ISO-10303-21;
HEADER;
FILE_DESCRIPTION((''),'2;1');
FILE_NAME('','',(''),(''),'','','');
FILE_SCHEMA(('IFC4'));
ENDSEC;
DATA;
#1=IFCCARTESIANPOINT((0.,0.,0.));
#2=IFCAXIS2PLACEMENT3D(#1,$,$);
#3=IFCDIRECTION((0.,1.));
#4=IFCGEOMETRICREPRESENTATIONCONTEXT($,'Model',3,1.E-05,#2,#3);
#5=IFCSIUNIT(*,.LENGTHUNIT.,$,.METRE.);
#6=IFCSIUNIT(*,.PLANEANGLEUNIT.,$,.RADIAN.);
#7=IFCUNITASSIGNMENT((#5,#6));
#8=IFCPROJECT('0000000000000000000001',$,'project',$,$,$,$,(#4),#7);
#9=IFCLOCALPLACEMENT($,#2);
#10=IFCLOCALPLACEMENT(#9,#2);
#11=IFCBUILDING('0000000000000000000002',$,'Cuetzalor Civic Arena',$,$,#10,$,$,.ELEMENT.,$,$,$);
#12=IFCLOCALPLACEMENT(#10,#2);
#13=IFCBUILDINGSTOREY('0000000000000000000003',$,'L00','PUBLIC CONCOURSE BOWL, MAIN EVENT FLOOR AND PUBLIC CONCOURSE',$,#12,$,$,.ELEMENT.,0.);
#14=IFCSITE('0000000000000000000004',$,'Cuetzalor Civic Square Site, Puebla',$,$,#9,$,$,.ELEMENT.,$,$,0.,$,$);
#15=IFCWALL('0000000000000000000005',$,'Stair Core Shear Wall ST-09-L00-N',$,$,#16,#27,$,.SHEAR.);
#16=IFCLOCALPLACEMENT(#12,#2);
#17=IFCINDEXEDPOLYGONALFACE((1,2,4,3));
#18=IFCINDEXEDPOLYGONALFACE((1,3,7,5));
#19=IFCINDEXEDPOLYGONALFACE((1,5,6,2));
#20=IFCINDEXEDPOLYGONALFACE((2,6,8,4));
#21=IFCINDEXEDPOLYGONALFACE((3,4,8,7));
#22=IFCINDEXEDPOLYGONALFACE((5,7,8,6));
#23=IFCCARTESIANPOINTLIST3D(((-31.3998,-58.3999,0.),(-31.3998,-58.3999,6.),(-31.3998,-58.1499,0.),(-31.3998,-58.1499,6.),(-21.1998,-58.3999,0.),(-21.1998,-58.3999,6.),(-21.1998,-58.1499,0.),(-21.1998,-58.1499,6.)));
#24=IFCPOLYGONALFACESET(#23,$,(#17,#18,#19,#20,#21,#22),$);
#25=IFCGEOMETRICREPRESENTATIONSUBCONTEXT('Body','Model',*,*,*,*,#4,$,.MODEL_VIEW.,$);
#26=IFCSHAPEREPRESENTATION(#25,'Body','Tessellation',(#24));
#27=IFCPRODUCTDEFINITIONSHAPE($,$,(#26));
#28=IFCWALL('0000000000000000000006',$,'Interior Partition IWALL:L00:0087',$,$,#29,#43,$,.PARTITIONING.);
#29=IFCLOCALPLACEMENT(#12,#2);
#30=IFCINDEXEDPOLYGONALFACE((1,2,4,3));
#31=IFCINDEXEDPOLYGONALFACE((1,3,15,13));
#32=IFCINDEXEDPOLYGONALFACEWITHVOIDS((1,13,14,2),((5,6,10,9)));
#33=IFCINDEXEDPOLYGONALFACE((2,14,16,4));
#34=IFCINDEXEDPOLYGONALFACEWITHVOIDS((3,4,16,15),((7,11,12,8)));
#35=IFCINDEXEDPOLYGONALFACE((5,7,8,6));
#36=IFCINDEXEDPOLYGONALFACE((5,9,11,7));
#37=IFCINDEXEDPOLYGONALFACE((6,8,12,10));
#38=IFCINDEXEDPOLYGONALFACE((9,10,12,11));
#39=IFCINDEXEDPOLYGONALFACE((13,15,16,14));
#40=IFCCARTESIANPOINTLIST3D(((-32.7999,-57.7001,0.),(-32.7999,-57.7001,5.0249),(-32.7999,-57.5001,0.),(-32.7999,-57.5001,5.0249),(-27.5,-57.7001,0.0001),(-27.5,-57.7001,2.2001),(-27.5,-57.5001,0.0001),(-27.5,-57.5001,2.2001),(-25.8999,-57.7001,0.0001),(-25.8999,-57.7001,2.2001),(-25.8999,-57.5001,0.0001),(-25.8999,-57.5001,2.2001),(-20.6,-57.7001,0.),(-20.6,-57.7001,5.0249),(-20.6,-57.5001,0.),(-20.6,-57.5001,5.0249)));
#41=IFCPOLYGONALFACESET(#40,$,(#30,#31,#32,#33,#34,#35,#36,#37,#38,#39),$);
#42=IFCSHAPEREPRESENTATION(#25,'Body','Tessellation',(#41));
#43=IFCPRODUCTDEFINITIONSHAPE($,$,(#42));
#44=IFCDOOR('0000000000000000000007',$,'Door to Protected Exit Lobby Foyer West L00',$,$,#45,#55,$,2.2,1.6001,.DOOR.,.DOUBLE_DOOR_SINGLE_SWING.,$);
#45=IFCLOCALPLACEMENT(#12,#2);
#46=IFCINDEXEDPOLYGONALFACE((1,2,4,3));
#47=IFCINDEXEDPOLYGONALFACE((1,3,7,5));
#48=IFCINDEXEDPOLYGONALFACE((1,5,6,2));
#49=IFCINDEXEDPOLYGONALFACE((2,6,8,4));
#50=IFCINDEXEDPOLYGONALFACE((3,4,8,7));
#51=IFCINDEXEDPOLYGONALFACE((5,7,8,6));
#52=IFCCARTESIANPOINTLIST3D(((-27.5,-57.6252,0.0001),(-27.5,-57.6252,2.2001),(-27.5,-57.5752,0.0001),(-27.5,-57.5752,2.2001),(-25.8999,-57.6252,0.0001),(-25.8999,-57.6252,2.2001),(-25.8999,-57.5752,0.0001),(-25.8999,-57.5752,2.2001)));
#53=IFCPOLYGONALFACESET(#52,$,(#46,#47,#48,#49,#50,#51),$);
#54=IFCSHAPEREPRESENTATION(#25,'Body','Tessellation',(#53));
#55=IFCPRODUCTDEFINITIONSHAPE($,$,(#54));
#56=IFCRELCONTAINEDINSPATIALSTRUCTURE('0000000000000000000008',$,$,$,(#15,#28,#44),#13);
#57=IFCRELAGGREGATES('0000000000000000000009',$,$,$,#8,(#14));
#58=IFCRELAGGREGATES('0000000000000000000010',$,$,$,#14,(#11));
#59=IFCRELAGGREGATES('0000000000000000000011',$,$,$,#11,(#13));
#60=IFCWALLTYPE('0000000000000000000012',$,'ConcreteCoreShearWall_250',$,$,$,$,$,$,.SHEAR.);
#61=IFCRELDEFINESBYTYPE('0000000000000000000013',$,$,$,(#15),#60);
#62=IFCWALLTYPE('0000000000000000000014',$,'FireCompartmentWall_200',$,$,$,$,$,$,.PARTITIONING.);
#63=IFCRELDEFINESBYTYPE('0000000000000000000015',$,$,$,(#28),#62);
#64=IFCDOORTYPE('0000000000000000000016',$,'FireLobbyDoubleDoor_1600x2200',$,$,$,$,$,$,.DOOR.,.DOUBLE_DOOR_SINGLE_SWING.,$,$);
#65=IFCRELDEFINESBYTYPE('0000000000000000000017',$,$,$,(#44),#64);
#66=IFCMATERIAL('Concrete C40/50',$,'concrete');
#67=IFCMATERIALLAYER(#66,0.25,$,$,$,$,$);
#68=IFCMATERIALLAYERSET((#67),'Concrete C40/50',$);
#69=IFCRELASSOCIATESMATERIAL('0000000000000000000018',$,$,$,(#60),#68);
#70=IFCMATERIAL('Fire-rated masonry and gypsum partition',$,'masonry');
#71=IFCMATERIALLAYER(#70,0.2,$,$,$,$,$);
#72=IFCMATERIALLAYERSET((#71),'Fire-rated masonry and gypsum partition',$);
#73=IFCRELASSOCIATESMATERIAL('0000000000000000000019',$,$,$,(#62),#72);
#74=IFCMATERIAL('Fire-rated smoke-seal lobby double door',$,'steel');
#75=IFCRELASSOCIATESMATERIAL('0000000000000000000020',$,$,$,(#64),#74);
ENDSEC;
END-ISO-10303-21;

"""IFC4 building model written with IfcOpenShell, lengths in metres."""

from ifc_helpers import new_model, si_unit, direction, frame, frame_2d, origin, place, context, subcontext, project, spatial, rectangle, extrude, material, layer, layer_set, type_object, element, fill, save


model = new_model("IFC4")

# Units and contexts
model_context = context("Model", 3, precision=1e-05, world=origin(), true_north=direction((0.0, 1.0)))
body_context = subcontext(model_context, "Body", "Model", "MODEL_VIEW")
ifc_project = project(units=[si_unit("LENGTHUNIT", "METRE"), si_unit("PLANEANGLEUNIT", "RADIAN")], contexts=[model_context])

# Site, building, storey
site_placement = place(None, origin())
site = spatial("IfcSite", under=ifc_project, at=site_placement, Name="Cuetzalor Civic Square Site, Puebla", CompositionType="ELEMENT", RefElevation=0.0)
building_placement = place(site_placement, origin())
building = spatial("IfcBuilding", under=site, at=building_placement, Name="Cuetzalor Civic Arena", CompositionType="ELEMENT")
storey_placement = place(building_placement, origin())
storey = spatial("IfcBuildingStorey", under=building, at=storey_placement, Name="L00", Description="PUBLIC CONCOURSE BOWL, MAIN EVENT FLOOR AND PUBLIC CONCOURSE", CompositionType="ELEMENT", Elevation=0.0)

# Shared definitions
ifc_material_1 = material(Name="Concrete C40/50", Category="concrete")
ifc_layer_1 = layer(ifc_material_1, 0.25)
ifc_layer_set_1 = layer_set([ifc_layer_1], Name="Concrete C40/50")
wall_type_1 = type_object("IfcWallType", Name="ConcreteCoreShearWall_250", PredefinedType="SHEAR", material=ifc_layer_set_1)

# Wall
wall_1_placement = place(storey_placement, frame((-31.3999, -58.2749, 0.0), z_axis=(0.0, 0.0, 1.0), x_axis=(1.0, 0.0, 0.0)))
element("IfcWall", 1, at=wall_1_placement, inside=storey, type_object=wall_type_1, Name="Stair Core Shear Wall ST-09-L00-N", PredefinedType="SHEAR", context=body_context, shape_type="SweptSolid", body=[
    extrude(rectangle(XDim=10.2, YDim=0.25, at=frame_2d((5.1001, 0.0))), origin(), (0.0, 0.0, 1.0), 6.0),
])

# Wall, opening, door
ifc_material_2 = material(Name="Fire-rated masonry and gypsum partition", Category="masonry")
ifc_layer_2 = layer(ifc_material_2, 0.2)
ifc_layer_set_2 = layer_set([ifc_layer_2], Name="Fire-rated masonry and gypsum partition")
wall_type_2 = type_object("IfcWallType", Name="FireCompartmentWall_200", PredefinedType="PARTITIONING", material=ifc_layer_set_2)
wall_2_placement = place(storey_placement, frame((-32.8, -57.6001, 0.0), z_axis=(0.0, 0.0, 1.0), x_axis=(1.0, 0.0, 0.0)))
wall_2 = element("IfcWall", 2, at=wall_2_placement, inside=storey, type_object=wall_type_2, Name="Interior Partition IWALL:L00:0087", PredefinedType="PARTITIONING", context=body_context, shape_type="SweptSolid", body=[
    extrude(rectangle(XDim=12.2, YDim=0.2, at=frame_2d((6.1001, 0.0))), origin(), (0.0, 0.0, 1.0), 5.0249),
])
opening_1_placement = place(wall_2_placement, frame((5.3, 0.0, 0.0)))
opening_1 = element("IfcOpeningElement", 3, at=opening_1_placement, cuts=wall_2, PredefinedType="OPENING", context=body_context, shape_type="SweptSolid", body=[
    extrude(rectangle(XDim=1.6001, YDim=2.2, at=frame_2d((0.8, 1.1001))), frame((0.0, 0.1099, 0.0), z_axis=(0.0, -1.0, 0.0), x_axis=(1.0, 0.0, 0.0)), (0.0, 0.0, 1.0), 0.22),
])
ifc_material_3 = material(Name="Fire-rated smoke-seal lobby double door", Category="steel")
door_type_1 = type_object("IfcDoorType", Name="FireLobbyDoubleDoor_1600x2200", OperationType="DOUBLE_DOOR_SINGLE_SWING", PredefinedType="DOOR", material=ifc_material_3)
door_1_placement = place(opening_1_placement, origin())
door_1 = element("IfcDoor", 4, at=door_1_placement, inside=storey, type_object=door_type_1, Name="Door to Protected Exit Lobby Foyer West L00", OperationType="DOUBLE_DOOR_SINGLE_SWING", OverallHeight=2.2, OverallWidth=1.6001, PredefinedType="DOOR", context=body_context, shape_type="SweptSolid", body=[
    extrude(rectangle(XDim=1.6001, YDim=2.2, at=frame_2d((0.8, 1.1001))), frame((0.0, 0.0249, 0.0), z_axis=(0.0, -1.0, 0.0), x_axis=(1.0, 0.0, 0.0)), (0.0, 0.0, 1.0), 0.05),
])
fill(opening_1, door_1)

save(model, "model.ifc")
